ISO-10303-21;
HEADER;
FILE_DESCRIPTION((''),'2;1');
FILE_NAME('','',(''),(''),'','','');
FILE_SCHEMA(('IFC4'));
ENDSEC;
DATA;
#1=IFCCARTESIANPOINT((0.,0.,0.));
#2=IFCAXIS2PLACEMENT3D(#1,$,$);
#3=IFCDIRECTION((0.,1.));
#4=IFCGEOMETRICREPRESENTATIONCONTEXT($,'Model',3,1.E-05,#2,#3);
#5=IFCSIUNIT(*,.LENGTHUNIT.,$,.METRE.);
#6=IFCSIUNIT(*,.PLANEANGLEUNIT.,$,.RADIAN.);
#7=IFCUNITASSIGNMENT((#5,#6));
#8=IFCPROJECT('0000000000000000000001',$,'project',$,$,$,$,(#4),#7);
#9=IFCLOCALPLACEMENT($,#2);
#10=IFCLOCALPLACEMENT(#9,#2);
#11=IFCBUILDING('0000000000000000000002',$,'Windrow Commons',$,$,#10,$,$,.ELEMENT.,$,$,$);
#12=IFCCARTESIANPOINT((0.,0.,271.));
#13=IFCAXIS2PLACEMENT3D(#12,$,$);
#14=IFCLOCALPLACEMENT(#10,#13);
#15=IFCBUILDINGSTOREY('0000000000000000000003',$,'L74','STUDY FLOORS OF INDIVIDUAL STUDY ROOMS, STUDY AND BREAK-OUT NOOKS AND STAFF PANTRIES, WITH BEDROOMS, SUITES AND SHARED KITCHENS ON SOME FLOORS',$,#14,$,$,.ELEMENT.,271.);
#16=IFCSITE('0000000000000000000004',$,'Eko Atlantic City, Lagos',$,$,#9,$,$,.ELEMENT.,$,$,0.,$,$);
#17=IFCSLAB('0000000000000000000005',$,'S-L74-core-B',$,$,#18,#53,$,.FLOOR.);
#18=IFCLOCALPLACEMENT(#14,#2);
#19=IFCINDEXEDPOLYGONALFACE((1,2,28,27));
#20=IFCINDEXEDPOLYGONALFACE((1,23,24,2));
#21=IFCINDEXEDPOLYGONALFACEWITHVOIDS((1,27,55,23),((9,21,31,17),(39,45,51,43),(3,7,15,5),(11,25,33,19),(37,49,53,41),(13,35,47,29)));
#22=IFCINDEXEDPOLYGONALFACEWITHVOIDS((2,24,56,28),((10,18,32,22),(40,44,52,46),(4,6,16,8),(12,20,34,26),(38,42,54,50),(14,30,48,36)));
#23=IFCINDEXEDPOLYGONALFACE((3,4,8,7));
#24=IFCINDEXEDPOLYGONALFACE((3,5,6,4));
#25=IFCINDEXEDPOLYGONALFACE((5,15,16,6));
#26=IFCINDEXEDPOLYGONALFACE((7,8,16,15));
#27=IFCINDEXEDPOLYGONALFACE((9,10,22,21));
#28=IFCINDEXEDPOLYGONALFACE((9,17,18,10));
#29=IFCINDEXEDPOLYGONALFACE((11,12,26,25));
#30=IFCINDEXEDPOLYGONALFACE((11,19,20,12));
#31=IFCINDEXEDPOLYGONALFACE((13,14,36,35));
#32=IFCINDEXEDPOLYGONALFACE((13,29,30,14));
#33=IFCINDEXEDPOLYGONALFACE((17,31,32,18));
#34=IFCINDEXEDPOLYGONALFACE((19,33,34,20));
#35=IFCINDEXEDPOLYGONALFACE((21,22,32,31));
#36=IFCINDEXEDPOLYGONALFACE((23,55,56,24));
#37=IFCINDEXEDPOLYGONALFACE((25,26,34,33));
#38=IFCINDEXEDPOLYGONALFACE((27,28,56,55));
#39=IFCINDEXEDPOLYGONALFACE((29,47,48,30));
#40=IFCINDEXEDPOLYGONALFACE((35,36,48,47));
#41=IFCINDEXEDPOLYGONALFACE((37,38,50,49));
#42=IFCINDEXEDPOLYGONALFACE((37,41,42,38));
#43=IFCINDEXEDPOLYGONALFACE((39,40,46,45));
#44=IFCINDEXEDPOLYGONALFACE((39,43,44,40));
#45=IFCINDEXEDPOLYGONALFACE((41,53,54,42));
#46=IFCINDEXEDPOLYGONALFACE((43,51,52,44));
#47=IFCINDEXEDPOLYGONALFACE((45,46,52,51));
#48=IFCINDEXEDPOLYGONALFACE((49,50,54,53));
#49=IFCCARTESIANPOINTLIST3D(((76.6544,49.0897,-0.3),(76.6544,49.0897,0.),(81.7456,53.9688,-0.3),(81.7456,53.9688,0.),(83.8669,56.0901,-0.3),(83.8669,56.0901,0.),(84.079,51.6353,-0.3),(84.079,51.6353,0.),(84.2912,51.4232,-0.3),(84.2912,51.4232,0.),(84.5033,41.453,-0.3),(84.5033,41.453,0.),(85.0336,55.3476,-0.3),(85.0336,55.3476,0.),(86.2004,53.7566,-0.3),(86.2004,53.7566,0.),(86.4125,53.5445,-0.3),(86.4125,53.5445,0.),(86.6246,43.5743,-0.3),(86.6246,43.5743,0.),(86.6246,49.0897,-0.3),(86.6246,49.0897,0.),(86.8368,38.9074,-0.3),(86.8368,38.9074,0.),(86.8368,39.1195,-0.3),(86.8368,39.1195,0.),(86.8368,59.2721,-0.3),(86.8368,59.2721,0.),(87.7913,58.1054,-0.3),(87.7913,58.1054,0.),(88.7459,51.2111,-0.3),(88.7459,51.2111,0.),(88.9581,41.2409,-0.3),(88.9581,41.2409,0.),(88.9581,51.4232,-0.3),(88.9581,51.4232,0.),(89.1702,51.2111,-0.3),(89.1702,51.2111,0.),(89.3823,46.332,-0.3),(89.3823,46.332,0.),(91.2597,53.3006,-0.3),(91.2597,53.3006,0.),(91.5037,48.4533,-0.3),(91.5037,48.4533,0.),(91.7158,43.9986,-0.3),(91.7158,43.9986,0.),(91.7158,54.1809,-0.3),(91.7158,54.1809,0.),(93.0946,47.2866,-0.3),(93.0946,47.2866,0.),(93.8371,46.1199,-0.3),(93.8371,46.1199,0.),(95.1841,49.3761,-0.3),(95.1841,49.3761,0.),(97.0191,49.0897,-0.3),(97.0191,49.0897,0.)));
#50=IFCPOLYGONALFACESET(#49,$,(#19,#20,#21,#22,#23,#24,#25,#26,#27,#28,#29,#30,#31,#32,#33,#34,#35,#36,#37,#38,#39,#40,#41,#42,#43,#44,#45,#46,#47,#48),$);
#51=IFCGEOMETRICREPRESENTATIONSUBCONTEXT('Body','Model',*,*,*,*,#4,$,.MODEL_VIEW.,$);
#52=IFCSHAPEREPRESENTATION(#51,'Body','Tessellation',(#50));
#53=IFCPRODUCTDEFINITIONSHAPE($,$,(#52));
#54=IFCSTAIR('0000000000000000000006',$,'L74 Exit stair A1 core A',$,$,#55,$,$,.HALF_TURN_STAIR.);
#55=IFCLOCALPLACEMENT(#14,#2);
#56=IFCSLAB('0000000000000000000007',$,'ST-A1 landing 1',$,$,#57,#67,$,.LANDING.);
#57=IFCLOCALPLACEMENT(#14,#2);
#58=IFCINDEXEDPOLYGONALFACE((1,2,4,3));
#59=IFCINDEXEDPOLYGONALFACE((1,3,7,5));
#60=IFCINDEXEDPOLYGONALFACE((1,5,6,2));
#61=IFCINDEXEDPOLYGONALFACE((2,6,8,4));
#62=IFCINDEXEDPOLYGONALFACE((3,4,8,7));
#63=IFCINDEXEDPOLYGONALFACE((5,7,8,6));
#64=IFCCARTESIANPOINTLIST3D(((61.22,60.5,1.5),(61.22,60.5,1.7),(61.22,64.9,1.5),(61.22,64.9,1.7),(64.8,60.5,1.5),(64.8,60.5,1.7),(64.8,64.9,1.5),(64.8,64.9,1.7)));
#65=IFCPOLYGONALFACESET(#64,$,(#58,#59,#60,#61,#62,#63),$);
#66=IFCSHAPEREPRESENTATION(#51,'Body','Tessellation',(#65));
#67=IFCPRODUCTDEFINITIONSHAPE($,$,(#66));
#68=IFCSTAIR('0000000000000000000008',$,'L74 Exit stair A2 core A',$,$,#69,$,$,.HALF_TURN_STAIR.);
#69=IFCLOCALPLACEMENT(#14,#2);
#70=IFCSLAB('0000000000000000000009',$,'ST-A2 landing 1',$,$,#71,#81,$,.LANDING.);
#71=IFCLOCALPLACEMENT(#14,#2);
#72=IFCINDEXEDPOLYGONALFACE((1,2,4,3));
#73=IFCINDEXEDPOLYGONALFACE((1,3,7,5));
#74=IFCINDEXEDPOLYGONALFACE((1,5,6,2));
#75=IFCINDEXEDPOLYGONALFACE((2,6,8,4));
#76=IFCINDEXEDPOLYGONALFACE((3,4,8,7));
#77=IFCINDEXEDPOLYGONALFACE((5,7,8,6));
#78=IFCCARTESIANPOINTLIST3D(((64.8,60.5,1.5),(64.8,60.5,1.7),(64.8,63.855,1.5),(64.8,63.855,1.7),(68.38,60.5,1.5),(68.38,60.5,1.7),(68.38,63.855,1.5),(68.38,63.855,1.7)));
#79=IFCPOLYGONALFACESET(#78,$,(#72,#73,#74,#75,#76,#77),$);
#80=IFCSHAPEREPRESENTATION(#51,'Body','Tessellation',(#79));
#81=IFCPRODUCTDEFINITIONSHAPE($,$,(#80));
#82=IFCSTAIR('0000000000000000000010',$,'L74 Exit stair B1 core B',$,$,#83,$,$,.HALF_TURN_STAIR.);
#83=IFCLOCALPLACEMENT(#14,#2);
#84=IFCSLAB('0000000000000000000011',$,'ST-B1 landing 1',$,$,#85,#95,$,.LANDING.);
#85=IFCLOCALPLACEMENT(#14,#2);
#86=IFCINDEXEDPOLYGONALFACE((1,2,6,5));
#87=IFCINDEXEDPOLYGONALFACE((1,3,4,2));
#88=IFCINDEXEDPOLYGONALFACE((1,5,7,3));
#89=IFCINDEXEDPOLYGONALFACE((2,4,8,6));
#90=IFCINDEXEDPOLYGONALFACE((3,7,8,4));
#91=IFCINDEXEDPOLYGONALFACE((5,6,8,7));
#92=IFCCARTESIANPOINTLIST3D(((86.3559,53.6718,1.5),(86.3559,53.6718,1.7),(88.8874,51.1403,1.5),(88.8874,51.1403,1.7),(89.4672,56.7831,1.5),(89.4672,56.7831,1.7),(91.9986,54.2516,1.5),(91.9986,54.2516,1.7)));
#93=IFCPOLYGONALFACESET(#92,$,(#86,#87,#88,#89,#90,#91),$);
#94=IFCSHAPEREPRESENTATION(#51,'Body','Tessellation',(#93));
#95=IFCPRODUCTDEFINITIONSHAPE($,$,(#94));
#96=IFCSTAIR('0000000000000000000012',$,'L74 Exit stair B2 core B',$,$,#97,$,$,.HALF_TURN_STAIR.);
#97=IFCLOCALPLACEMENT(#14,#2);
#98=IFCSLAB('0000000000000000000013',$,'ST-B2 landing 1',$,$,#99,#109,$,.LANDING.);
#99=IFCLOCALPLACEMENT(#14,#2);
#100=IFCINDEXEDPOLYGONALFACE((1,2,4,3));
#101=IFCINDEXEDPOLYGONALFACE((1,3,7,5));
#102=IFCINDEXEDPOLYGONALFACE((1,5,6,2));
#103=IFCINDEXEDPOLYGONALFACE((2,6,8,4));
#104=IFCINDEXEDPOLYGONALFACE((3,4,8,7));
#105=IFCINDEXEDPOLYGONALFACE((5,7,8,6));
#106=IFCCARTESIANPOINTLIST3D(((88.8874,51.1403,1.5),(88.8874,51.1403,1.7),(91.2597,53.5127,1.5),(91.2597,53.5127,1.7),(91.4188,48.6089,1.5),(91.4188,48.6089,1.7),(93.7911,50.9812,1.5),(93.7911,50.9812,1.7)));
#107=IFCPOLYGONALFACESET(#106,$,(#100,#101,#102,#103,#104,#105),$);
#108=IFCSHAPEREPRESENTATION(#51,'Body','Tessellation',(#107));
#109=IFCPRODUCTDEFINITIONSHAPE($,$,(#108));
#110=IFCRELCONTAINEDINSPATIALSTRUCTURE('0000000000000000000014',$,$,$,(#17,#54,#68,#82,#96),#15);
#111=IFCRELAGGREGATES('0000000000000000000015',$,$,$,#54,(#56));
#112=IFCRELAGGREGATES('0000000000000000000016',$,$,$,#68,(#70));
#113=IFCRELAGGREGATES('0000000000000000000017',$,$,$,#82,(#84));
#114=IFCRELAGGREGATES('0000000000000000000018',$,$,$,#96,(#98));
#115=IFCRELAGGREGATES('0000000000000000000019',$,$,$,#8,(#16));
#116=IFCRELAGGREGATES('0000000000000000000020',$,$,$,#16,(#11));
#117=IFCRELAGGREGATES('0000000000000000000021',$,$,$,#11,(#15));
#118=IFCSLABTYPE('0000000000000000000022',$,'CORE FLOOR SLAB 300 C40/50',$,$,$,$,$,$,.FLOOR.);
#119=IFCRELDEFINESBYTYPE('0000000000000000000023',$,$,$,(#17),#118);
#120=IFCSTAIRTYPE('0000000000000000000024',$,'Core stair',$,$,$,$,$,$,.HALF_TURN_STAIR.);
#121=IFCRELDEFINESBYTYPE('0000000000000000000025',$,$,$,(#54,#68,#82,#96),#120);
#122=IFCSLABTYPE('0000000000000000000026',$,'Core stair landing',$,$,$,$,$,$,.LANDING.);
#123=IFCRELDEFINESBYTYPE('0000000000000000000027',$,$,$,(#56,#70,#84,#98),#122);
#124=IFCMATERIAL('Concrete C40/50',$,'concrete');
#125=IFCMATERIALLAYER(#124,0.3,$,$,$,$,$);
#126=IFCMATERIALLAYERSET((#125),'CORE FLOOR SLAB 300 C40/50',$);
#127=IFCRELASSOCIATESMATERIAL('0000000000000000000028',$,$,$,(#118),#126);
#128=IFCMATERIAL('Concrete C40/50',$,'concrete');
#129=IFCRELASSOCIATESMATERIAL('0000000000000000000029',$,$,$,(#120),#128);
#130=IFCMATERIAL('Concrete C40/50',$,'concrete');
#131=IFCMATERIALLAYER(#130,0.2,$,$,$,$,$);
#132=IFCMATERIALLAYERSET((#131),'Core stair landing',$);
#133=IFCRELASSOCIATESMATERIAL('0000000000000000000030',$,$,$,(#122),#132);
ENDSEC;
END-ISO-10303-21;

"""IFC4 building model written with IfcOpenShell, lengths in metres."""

from ifc_helpers import new_model, si_unit, direction, frame, origin, place, context, subcontext, project, spatial, polyline, outline, extrude, material, layer, layer_set, type_object, element, aggregate, save


model = new_model("IFC4")

# Units and contexts
model_context = context("Model", 3, precision=1e-05, world=origin(), true_north=direction((0.0, 1.0)))
body_context = subcontext(model_context, "Body", "Model", "MODEL_VIEW")
ifc_project = project(units=[si_unit("LENGTHUNIT", "METRE"), si_unit("PLANEANGLEUNIT", "RADIAN")], contexts=[model_context])

# Site, building, storey
site_placement = place(None, origin())
site = spatial("IfcSite", under=ifc_project, at=site_placement, Name="Eko Atlantic City, Lagos", CompositionType="ELEMENT", RefElevation=0.0)
building_placement = place(site_placement, origin())
building = spatial("IfcBuilding", under=site, at=building_placement, Name="Windrow Commons", CompositionType="ELEMENT")
storey_placement = place(building_placement, frame((0.0, 0.0, 271.0)))
storey = spatial("IfcBuildingStorey", under=building, at=storey_placement, Name="L74", Description="STUDY FLOORS OF INDIVIDUAL STUDY ROOMS, STUDY AND BREAK-OUT NOOKS AND STAFF PANTRIES, WITH BEDROOMS, SUITES AND SHARED KITCHENS ON SOME FLOORS", CompositionType="ELEMENT", Elevation=271.0)

# Slab, openings
ifc_material_1 = material(Name="Concrete C40/50", Category="concrete")
ifc_layer_1 = layer(ifc_material_1, 0.3)
ifc_layer_set_1 = layer_set([ifc_layer_1], Name="CORE FLOOR SLAB 300 C40/50")
slab_type_1 = type_object("IfcSlabType", Name="CORE FLOOR SLAB 300 C40/50", PredefinedType="FLOOR", material=ifc_layer_set_1)
placement_1 = place(storey_placement, frame((0.0, 0.0, -0.3)))
slab_1 = element("IfcSlab", 1, at=placement_1, inside=storey, type_object=slab_type_1, Name="S-L74-core-B", PredefinedType="FLOOR", context=body_context, shape_type="SweptSolid", body=[
    extrude(outline(polyline([(76.6544, 49.0897), (86.8368, 38.9074), (97.0191, 49.0897), (86.8368, 59.2721), (76.6544, 49.0897)]), holes=[polyline([(84.5033, 41.453), (86.8368, 39.1195), (88.9581, 41.2409), (86.6246, 43.5743), (84.5033, 41.453)]), polyline([(81.7456, 53.9688), (84.079, 51.6353), (86.2004, 53.7566), (83.8669, 56.0901), (81.7456, 53.9688)]), polyline([(84.2912, 51.4232), (86.6246, 49.0897), (88.7459, 51.2111), (86.4125, 53.5445), (84.2912, 51.4232)]), polyline([(89.3823, 46.332), (91.7158, 43.9986), (93.8371, 46.1199), (91.5037, 48.4533), (89.3823, 46.332)]), polyline([(85.0336, 55.3476), (88.9581, 51.4232), (91.7158, 54.1809), (87.7913, 58.1054), (85.0336, 55.3476)]), polyline([(89.1702, 51.2111), (93.0946, 47.2866), (95.1841, 49.3761), (91.2597, 53.3006), (89.1702, 51.2111)])]), origin(), (0.0, 0.0, 1.0), 0.3),
])
opening_1_placement = place(placement_1, origin())
element("IfcOpeningElement", 2, at=opening_1_placement, cuts=slab_1, PredefinedType="OPENING", context=body_context, shape_type="SweptSolid", body=[
    extrude(outline(polyline([(84.5104, 41.453), (86.6246, 43.5672), (88.951, 41.2409), (86.8368, 39.1266), (84.5104, 41.453)])), origin(), (0.0, 0.0, 1.0), 0.3),
])
opening_2_placement = place(placement_1, origin())
element("IfcOpeningElement", 3, at=opening_2_placement, cuts=slab_1, PredefinedType="OPENING", context=body_context, shape_type="SweptSolid", body=[
    extrude(outline(polyline([(81.7527, 53.9688), (83.8669, 56.083), (86.1933, 53.7566), (84.079, 51.6424), (81.7527, 53.9688)])), origin(), (0.0, 0.0, 1.0), 0.3),
])
opening_3_placement = place(placement_1, origin())
element("IfcOpeningElement", 4, at=opening_3_placement, cuts=slab_1, PredefinedType="OPENING", context=body_context, shape_type="SweptSolid", body=[
    extrude(outline(polyline([(84.2983, 51.4232), (86.4125, 53.5374), (88.7388, 51.2111), (86.6246, 49.0968), (84.2983, 51.4232)])), origin(), (0.0, 0.0, 1.0), 0.3),
])
opening_4_placement = place(placement_1, origin())
element("IfcOpeningElement", 5, at=opening_4_placement, cuts=slab_1, PredefinedType="OPENING", context=body_context, shape_type="SweptSolid", body=[
    extrude(outline(polyline([(89.3894, 46.332), (91.5037, 48.4462), (93.83, 46.1199), (91.7158, 44.0057), (89.3894, 46.332)])), origin(), (0.0, 0.0, 1.0), 0.3),
])
opening_5_placement = place(placement_1, origin())
element("IfcOpeningElement", 6, at=opening_5_placement, cuts=slab_1, PredefinedType="OPENING", context=body_context, shape_type="SweptSolid", body=[
    extrude(outline(polyline([(85.0407, 55.3476), (87.7913, 58.0983), (91.7087, 54.1809), (88.9581, 51.4303), (85.0407, 55.3476)])), origin(), (0.0, 0.0, 1.0), 0.3),
])
opening_6_placement = place(placement_1, origin())
element("IfcOpeningElement", 7, at=opening_6_placement, cuts=slab_1, PredefinedType="OPENING", context=body_context, shape_type="SweptSolid", body=[
    extrude(outline(polyline([(89.1773, 51.2111), (91.2597, 53.2935), (95.177, 49.3761), (93.0946, 47.2937), (89.1773, 51.2111)])), origin(), (0.0, 0.0, 1.0), 0.3),
])

# Stairs, slabs
ifc_material_2 = material(Name="Concrete C40/50", Category="concrete")
stair_type = type_object("IfcStairType", Name="Core stair", PredefinedType="HALF_TURN_STAIR", material=ifc_material_2)
placement_2 = place(storey_placement, origin())
stair_1 = element("IfcStair", 8, at=placement_2, inside=storey, type_object=stair_type, Name="L74 Exit stair A1 core A", PredefinedType="HALF_TURN_STAIR")
ifc_material_3 = material(Name="Concrete C40/50", Category="concrete")
ifc_layer_2 = layer(ifc_material_3, 0.2)
ifc_layer_set_2 = layer_set([ifc_layer_2], Name="Core stair landing")
slab_type_2 = type_object("IfcSlabType", Name="Core stair landing", PredefinedType="LANDING", material=ifc_layer_set_2)
placement_3 = place(storey_placement, frame((0.0, 0.0, 1.5)))
slab_2 = element("IfcSlab", 9, at=placement_3, type_object=slab_type_2, Name="ST-A1 landing 1", PredefinedType="LANDING", context=body_context, shape_type="SweptSolid", body=[
    extrude(outline(polyline([(61.22, 60.5), (64.8, 60.5), (64.8, 64.9), (61.22, 64.9), (61.22, 60.5)])), origin(), (0.0, 0.0, 1.0), 0.2),
])
aggregate(stair_1, [slab_2])
stair_2 = element("IfcStair", 10, at=placement_2, inside=storey, type_object=stair_type, Name="L74 Exit stair A2 core A", PredefinedType="HALF_TURN_STAIR")
slab_3 = element("IfcSlab", 11, at=placement_3, type_object=slab_type_2, Name="ST-A2 landing 1", PredefinedType="LANDING", context=body_context, shape_type="SweptSolid", body=[
    extrude(outline(polyline([(64.8, 60.5), (68.38, 60.5), (68.38, 63.855), (64.8, 63.855), (64.8, 60.5)])), origin(), (0.0, 0.0, 1.0), 0.2),
])
aggregate(stair_2, [slab_3])
stair_3 = element("IfcStair", 12, at=placement_2, inside=storey, type_object=stair_type, Name="L74 Exit stair B1 core B", PredefinedType="HALF_TURN_STAIR")
slab_4 = element("IfcSlab", 13, at=placement_3, type_object=slab_type_2, Name="ST-B1 landing 1", PredefinedType="LANDING", context=body_context, shape_type="SweptSolid", body=[
    extrude(outline(polyline([(86.3559, 53.6718), (88.8874, 51.1403), (91.9986, 54.2516), (89.4672, 56.7831), (86.3559, 53.6718)])), origin(), (0.0, 0.0, 1.0), 0.2),
])
aggregate(stair_3, [slab_4])
stair_4 = element("IfcStair", 14, at=placement_2, inside=storey, type_object=stair_type, Name="L74 Exit stair B2 core B", PredefinedType="HALF_TURN_STAIR")
slab_5 = element("IfcSlab", 15, at=placement_3, type_object=slab_type_2, Name="ST-B2 landing 1", PredefinedType="LANDING", context=body_context, shape_type="SweptSolid", body=[
    extrude(outline(polyline([(88.8874, 51.1403), (91.4188, 48.6089), (93.7911, 50.9812), (91.2597, 53.5127), (88.8874, 51.1403)])), origin(), (0.0, 0.0, 1.0), 0.2),
])
aggregate(stair_4, [slab_5])

save(model, "model.ifc")
